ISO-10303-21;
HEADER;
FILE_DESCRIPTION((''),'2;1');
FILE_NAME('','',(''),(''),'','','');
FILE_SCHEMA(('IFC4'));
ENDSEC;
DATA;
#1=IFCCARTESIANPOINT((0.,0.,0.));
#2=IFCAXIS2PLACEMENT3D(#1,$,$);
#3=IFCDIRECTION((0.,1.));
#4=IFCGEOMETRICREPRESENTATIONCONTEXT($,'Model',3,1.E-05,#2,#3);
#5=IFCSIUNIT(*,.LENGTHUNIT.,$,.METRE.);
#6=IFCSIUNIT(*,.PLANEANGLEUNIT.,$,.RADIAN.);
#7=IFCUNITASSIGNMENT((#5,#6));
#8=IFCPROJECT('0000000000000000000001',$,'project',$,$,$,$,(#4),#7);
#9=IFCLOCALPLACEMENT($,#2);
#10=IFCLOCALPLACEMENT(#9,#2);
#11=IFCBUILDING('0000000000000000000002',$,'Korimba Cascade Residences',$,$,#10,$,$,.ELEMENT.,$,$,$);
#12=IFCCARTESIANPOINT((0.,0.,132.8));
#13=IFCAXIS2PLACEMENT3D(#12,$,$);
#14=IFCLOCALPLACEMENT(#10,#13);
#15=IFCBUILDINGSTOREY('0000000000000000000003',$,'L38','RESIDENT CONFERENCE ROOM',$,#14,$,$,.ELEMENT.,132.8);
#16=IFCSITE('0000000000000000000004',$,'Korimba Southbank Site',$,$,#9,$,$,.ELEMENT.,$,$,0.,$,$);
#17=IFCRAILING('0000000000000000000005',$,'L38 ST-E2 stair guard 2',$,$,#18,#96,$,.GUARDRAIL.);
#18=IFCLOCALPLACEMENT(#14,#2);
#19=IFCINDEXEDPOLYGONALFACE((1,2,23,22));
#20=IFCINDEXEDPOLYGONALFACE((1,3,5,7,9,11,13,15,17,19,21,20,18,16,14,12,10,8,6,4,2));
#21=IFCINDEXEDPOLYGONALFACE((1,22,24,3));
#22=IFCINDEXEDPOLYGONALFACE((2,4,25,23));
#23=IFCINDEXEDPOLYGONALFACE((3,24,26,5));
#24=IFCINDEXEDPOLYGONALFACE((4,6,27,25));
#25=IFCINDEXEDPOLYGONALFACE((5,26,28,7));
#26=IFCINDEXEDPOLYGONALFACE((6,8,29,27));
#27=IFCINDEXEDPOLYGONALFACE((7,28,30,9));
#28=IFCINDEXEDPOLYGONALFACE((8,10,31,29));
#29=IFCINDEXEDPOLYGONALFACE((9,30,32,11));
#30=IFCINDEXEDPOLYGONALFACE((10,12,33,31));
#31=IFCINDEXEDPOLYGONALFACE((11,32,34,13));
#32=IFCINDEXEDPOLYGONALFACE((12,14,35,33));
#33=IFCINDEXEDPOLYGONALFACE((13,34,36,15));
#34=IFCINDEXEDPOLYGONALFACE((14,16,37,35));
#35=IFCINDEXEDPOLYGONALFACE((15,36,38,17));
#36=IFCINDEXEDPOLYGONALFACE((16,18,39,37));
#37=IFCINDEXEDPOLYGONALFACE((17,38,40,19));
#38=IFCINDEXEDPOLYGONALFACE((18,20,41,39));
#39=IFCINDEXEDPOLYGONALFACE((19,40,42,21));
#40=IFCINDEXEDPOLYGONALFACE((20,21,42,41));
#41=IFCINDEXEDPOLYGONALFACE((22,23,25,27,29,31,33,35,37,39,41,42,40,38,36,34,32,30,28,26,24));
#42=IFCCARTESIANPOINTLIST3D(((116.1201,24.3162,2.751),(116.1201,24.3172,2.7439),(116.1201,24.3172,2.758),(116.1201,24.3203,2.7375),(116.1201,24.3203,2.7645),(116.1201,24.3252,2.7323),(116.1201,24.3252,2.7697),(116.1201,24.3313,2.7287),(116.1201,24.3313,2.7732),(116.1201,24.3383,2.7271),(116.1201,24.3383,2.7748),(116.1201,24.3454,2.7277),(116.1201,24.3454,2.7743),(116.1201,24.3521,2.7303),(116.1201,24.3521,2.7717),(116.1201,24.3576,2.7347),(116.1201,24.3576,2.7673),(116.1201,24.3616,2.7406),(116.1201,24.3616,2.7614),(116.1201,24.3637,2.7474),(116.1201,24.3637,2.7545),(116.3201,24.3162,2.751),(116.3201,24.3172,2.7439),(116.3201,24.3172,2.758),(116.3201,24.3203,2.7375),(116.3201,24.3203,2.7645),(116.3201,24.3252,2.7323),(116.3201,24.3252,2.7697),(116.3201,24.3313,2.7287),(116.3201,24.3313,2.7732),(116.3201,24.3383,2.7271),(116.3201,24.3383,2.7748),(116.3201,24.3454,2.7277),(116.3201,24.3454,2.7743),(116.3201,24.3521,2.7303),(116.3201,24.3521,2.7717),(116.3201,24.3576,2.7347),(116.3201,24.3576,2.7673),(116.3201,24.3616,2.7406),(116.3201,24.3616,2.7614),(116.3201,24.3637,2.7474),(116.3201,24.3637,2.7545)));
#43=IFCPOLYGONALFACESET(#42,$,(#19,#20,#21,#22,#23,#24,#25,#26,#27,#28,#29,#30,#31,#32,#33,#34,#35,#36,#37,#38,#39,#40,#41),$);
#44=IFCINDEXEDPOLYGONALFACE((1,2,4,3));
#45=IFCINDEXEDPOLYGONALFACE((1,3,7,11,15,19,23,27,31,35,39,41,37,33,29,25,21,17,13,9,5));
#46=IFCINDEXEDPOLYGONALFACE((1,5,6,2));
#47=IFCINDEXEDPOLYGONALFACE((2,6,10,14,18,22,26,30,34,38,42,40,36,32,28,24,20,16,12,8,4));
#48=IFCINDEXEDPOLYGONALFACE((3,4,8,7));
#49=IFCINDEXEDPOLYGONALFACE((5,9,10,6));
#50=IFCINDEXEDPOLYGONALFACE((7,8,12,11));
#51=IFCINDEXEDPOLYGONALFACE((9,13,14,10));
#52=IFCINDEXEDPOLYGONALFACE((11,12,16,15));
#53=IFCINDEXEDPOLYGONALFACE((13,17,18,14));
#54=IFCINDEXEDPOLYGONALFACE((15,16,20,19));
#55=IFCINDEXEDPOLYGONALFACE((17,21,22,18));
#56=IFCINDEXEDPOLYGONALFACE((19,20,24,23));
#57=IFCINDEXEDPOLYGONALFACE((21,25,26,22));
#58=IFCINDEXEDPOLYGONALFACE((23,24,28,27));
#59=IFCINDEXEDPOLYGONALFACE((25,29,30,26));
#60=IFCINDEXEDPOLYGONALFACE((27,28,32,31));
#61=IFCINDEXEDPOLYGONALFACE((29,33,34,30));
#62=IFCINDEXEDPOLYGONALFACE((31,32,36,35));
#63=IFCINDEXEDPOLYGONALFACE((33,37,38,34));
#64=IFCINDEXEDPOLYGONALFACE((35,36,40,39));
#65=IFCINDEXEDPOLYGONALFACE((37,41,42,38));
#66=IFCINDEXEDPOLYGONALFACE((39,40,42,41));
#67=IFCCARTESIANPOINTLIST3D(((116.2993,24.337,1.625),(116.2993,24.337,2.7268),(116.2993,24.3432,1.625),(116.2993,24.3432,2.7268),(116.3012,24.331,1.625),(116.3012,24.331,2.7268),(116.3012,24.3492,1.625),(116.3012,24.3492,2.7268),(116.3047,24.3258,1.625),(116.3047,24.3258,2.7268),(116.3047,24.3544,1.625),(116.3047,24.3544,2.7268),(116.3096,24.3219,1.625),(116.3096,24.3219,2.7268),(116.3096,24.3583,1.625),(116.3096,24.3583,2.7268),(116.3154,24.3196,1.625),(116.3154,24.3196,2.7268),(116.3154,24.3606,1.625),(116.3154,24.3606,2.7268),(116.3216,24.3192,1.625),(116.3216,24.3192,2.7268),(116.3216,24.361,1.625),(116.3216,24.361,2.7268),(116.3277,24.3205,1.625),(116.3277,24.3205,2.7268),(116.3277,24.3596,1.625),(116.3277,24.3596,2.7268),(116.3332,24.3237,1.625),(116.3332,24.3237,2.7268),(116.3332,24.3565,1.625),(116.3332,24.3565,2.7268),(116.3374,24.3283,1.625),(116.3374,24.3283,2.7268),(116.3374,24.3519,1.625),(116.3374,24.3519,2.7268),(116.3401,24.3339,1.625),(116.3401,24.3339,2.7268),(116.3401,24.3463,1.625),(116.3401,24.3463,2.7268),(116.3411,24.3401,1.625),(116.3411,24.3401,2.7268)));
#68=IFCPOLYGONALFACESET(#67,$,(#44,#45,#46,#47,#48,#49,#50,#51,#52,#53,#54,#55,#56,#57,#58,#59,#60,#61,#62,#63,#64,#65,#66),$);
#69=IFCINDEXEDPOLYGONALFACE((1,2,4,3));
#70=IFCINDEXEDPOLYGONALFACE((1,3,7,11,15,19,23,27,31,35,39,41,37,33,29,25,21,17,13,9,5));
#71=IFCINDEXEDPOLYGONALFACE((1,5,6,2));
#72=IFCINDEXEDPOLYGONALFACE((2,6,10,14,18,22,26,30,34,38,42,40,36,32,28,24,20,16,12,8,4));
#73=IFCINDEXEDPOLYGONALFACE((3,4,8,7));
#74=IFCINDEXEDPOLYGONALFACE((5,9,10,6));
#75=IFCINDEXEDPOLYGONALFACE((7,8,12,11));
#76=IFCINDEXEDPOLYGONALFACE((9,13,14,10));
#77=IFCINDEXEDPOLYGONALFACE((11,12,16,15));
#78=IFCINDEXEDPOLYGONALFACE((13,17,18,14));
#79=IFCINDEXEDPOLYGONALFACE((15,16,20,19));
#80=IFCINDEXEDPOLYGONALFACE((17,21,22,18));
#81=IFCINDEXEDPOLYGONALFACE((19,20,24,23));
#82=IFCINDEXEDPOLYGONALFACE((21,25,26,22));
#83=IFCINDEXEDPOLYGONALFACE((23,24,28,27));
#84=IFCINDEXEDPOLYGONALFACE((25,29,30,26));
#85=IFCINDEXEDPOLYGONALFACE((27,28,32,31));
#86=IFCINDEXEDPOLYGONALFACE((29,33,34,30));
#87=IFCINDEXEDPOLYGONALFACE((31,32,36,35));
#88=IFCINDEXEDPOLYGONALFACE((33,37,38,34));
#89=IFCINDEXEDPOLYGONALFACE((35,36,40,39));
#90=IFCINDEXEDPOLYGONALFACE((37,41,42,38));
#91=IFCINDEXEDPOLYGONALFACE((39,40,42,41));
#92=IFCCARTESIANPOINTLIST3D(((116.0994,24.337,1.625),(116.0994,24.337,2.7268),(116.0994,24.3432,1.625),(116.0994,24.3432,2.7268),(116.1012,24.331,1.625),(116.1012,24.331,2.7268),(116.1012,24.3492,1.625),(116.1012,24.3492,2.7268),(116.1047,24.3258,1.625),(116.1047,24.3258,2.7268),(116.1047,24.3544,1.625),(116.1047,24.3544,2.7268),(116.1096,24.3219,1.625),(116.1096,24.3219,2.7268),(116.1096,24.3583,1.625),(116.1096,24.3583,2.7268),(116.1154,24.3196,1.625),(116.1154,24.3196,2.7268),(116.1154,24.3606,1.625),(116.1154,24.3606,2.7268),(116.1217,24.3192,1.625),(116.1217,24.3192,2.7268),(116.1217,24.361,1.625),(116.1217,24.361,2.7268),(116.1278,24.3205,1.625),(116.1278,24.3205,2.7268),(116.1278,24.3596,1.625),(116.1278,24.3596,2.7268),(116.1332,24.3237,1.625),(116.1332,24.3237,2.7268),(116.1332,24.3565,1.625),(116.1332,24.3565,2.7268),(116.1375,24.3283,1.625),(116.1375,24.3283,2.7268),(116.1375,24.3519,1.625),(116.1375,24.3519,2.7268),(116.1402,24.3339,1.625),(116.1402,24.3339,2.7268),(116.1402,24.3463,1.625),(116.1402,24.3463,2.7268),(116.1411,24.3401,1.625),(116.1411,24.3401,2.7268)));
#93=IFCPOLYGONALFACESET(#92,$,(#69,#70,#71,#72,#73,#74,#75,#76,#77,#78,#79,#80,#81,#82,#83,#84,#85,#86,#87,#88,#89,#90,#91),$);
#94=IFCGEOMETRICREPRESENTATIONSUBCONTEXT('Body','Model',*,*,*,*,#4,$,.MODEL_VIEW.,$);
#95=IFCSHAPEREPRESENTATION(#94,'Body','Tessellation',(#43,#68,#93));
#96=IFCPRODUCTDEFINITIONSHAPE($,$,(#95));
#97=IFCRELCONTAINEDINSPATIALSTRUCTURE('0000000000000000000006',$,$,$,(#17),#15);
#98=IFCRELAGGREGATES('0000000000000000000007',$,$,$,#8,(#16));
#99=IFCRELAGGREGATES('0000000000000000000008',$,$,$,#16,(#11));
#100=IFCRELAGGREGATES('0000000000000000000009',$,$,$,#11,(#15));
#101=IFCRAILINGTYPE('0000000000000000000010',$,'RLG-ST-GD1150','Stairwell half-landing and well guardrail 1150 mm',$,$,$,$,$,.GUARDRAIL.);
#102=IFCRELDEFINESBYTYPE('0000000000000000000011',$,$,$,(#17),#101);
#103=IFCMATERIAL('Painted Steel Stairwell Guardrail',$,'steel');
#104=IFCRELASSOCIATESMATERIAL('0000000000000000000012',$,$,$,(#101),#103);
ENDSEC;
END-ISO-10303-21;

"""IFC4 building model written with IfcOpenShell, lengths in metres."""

from ifc_helpers import new_model, si_unit, direction, frame, origin, origin_2d, place, context, subcontext, project, spatial, circle, extrude, material, type_object, element, save


model = new_model("IFC4")

# Units and contexts
model_context = context("Model", 3, precision=1e-05, world=origin(), true_north=direction((0.0, 1.0)))
body_context = subcontext(model_context, "Body", "Model", "MODEL_VIEW")
ifc_project = project(units=[si_unit("LENGTHUNIT", "METRE"), si_unit("PLANEANGLEUNIT", "RADIAN")], contexts=[model_context])

# Site, building, storey
site_placement = place(None, origin())
site = spatial("IfcSite", under=ifc_project, at=site_placement, Name="Korimba Southbank Site", CompositionType="ELEMENT", RefElevation=0.0)
building_placement = place(site_placement, origin())
building = spatial("IfcBuilding", under=site, at=building_placement, Name="Korimba Cascade Residences", CompositionType="ELEMENT")
storey_placement = place(building_placement, frame((0.0, 0.0, 132.8)))
storey = spatial("IfcBuildingStorey", under=building, at=storey_placement, Name="L38", Description="RESIDENT CONFERENCE ROOM", CompositionType="ELEMENT", Elevation=132.8)

# Railing
ifc_material_1 = material(Name="Painted Steel Stairwell Guardrail", Category="steel")
railing_type_1 = type_object("IfcRailingType", Name="RLG-ST-GD1150", Description="Stairwell half-landing and well guardrail 1150 mm", PredefinedType="GUARDRAIL", material=ifc_material_1)
railing_1_placement = place(storey_placement, frame((116.3201, 24.3401, 1.625)))
element("IfcRailing", 1, at=railing_1_placement, inside=storey, type_object=railing_type_1, Name="L38 ST-E2 stair guard 2", PredefinedType="GUARDRAIL", context=body_context, shape_type="SweptSolid", body=[
    extrude(circle(Radius=0.0239, at=origin_2d()), frame((0.0, 0.0, 1.126), z_axis=(-1.0, 0.0, 0.0), x_axis=(0.0, -1.0, 0.0)), (0.0, 0.0, 1.0), 0.2),
    extrude(circle(Radius=0.021, at=origin_2d()), origin(), (0.0, 0.0, 1.0), 1.1018),
    extrude(circle(Radius=0.021, at=origin_2d()), frame((-0.2, 0.0, 0.0)), (0.0, 0.0, 1.0), 1.1018),
])

save(model, "model.ifc")
